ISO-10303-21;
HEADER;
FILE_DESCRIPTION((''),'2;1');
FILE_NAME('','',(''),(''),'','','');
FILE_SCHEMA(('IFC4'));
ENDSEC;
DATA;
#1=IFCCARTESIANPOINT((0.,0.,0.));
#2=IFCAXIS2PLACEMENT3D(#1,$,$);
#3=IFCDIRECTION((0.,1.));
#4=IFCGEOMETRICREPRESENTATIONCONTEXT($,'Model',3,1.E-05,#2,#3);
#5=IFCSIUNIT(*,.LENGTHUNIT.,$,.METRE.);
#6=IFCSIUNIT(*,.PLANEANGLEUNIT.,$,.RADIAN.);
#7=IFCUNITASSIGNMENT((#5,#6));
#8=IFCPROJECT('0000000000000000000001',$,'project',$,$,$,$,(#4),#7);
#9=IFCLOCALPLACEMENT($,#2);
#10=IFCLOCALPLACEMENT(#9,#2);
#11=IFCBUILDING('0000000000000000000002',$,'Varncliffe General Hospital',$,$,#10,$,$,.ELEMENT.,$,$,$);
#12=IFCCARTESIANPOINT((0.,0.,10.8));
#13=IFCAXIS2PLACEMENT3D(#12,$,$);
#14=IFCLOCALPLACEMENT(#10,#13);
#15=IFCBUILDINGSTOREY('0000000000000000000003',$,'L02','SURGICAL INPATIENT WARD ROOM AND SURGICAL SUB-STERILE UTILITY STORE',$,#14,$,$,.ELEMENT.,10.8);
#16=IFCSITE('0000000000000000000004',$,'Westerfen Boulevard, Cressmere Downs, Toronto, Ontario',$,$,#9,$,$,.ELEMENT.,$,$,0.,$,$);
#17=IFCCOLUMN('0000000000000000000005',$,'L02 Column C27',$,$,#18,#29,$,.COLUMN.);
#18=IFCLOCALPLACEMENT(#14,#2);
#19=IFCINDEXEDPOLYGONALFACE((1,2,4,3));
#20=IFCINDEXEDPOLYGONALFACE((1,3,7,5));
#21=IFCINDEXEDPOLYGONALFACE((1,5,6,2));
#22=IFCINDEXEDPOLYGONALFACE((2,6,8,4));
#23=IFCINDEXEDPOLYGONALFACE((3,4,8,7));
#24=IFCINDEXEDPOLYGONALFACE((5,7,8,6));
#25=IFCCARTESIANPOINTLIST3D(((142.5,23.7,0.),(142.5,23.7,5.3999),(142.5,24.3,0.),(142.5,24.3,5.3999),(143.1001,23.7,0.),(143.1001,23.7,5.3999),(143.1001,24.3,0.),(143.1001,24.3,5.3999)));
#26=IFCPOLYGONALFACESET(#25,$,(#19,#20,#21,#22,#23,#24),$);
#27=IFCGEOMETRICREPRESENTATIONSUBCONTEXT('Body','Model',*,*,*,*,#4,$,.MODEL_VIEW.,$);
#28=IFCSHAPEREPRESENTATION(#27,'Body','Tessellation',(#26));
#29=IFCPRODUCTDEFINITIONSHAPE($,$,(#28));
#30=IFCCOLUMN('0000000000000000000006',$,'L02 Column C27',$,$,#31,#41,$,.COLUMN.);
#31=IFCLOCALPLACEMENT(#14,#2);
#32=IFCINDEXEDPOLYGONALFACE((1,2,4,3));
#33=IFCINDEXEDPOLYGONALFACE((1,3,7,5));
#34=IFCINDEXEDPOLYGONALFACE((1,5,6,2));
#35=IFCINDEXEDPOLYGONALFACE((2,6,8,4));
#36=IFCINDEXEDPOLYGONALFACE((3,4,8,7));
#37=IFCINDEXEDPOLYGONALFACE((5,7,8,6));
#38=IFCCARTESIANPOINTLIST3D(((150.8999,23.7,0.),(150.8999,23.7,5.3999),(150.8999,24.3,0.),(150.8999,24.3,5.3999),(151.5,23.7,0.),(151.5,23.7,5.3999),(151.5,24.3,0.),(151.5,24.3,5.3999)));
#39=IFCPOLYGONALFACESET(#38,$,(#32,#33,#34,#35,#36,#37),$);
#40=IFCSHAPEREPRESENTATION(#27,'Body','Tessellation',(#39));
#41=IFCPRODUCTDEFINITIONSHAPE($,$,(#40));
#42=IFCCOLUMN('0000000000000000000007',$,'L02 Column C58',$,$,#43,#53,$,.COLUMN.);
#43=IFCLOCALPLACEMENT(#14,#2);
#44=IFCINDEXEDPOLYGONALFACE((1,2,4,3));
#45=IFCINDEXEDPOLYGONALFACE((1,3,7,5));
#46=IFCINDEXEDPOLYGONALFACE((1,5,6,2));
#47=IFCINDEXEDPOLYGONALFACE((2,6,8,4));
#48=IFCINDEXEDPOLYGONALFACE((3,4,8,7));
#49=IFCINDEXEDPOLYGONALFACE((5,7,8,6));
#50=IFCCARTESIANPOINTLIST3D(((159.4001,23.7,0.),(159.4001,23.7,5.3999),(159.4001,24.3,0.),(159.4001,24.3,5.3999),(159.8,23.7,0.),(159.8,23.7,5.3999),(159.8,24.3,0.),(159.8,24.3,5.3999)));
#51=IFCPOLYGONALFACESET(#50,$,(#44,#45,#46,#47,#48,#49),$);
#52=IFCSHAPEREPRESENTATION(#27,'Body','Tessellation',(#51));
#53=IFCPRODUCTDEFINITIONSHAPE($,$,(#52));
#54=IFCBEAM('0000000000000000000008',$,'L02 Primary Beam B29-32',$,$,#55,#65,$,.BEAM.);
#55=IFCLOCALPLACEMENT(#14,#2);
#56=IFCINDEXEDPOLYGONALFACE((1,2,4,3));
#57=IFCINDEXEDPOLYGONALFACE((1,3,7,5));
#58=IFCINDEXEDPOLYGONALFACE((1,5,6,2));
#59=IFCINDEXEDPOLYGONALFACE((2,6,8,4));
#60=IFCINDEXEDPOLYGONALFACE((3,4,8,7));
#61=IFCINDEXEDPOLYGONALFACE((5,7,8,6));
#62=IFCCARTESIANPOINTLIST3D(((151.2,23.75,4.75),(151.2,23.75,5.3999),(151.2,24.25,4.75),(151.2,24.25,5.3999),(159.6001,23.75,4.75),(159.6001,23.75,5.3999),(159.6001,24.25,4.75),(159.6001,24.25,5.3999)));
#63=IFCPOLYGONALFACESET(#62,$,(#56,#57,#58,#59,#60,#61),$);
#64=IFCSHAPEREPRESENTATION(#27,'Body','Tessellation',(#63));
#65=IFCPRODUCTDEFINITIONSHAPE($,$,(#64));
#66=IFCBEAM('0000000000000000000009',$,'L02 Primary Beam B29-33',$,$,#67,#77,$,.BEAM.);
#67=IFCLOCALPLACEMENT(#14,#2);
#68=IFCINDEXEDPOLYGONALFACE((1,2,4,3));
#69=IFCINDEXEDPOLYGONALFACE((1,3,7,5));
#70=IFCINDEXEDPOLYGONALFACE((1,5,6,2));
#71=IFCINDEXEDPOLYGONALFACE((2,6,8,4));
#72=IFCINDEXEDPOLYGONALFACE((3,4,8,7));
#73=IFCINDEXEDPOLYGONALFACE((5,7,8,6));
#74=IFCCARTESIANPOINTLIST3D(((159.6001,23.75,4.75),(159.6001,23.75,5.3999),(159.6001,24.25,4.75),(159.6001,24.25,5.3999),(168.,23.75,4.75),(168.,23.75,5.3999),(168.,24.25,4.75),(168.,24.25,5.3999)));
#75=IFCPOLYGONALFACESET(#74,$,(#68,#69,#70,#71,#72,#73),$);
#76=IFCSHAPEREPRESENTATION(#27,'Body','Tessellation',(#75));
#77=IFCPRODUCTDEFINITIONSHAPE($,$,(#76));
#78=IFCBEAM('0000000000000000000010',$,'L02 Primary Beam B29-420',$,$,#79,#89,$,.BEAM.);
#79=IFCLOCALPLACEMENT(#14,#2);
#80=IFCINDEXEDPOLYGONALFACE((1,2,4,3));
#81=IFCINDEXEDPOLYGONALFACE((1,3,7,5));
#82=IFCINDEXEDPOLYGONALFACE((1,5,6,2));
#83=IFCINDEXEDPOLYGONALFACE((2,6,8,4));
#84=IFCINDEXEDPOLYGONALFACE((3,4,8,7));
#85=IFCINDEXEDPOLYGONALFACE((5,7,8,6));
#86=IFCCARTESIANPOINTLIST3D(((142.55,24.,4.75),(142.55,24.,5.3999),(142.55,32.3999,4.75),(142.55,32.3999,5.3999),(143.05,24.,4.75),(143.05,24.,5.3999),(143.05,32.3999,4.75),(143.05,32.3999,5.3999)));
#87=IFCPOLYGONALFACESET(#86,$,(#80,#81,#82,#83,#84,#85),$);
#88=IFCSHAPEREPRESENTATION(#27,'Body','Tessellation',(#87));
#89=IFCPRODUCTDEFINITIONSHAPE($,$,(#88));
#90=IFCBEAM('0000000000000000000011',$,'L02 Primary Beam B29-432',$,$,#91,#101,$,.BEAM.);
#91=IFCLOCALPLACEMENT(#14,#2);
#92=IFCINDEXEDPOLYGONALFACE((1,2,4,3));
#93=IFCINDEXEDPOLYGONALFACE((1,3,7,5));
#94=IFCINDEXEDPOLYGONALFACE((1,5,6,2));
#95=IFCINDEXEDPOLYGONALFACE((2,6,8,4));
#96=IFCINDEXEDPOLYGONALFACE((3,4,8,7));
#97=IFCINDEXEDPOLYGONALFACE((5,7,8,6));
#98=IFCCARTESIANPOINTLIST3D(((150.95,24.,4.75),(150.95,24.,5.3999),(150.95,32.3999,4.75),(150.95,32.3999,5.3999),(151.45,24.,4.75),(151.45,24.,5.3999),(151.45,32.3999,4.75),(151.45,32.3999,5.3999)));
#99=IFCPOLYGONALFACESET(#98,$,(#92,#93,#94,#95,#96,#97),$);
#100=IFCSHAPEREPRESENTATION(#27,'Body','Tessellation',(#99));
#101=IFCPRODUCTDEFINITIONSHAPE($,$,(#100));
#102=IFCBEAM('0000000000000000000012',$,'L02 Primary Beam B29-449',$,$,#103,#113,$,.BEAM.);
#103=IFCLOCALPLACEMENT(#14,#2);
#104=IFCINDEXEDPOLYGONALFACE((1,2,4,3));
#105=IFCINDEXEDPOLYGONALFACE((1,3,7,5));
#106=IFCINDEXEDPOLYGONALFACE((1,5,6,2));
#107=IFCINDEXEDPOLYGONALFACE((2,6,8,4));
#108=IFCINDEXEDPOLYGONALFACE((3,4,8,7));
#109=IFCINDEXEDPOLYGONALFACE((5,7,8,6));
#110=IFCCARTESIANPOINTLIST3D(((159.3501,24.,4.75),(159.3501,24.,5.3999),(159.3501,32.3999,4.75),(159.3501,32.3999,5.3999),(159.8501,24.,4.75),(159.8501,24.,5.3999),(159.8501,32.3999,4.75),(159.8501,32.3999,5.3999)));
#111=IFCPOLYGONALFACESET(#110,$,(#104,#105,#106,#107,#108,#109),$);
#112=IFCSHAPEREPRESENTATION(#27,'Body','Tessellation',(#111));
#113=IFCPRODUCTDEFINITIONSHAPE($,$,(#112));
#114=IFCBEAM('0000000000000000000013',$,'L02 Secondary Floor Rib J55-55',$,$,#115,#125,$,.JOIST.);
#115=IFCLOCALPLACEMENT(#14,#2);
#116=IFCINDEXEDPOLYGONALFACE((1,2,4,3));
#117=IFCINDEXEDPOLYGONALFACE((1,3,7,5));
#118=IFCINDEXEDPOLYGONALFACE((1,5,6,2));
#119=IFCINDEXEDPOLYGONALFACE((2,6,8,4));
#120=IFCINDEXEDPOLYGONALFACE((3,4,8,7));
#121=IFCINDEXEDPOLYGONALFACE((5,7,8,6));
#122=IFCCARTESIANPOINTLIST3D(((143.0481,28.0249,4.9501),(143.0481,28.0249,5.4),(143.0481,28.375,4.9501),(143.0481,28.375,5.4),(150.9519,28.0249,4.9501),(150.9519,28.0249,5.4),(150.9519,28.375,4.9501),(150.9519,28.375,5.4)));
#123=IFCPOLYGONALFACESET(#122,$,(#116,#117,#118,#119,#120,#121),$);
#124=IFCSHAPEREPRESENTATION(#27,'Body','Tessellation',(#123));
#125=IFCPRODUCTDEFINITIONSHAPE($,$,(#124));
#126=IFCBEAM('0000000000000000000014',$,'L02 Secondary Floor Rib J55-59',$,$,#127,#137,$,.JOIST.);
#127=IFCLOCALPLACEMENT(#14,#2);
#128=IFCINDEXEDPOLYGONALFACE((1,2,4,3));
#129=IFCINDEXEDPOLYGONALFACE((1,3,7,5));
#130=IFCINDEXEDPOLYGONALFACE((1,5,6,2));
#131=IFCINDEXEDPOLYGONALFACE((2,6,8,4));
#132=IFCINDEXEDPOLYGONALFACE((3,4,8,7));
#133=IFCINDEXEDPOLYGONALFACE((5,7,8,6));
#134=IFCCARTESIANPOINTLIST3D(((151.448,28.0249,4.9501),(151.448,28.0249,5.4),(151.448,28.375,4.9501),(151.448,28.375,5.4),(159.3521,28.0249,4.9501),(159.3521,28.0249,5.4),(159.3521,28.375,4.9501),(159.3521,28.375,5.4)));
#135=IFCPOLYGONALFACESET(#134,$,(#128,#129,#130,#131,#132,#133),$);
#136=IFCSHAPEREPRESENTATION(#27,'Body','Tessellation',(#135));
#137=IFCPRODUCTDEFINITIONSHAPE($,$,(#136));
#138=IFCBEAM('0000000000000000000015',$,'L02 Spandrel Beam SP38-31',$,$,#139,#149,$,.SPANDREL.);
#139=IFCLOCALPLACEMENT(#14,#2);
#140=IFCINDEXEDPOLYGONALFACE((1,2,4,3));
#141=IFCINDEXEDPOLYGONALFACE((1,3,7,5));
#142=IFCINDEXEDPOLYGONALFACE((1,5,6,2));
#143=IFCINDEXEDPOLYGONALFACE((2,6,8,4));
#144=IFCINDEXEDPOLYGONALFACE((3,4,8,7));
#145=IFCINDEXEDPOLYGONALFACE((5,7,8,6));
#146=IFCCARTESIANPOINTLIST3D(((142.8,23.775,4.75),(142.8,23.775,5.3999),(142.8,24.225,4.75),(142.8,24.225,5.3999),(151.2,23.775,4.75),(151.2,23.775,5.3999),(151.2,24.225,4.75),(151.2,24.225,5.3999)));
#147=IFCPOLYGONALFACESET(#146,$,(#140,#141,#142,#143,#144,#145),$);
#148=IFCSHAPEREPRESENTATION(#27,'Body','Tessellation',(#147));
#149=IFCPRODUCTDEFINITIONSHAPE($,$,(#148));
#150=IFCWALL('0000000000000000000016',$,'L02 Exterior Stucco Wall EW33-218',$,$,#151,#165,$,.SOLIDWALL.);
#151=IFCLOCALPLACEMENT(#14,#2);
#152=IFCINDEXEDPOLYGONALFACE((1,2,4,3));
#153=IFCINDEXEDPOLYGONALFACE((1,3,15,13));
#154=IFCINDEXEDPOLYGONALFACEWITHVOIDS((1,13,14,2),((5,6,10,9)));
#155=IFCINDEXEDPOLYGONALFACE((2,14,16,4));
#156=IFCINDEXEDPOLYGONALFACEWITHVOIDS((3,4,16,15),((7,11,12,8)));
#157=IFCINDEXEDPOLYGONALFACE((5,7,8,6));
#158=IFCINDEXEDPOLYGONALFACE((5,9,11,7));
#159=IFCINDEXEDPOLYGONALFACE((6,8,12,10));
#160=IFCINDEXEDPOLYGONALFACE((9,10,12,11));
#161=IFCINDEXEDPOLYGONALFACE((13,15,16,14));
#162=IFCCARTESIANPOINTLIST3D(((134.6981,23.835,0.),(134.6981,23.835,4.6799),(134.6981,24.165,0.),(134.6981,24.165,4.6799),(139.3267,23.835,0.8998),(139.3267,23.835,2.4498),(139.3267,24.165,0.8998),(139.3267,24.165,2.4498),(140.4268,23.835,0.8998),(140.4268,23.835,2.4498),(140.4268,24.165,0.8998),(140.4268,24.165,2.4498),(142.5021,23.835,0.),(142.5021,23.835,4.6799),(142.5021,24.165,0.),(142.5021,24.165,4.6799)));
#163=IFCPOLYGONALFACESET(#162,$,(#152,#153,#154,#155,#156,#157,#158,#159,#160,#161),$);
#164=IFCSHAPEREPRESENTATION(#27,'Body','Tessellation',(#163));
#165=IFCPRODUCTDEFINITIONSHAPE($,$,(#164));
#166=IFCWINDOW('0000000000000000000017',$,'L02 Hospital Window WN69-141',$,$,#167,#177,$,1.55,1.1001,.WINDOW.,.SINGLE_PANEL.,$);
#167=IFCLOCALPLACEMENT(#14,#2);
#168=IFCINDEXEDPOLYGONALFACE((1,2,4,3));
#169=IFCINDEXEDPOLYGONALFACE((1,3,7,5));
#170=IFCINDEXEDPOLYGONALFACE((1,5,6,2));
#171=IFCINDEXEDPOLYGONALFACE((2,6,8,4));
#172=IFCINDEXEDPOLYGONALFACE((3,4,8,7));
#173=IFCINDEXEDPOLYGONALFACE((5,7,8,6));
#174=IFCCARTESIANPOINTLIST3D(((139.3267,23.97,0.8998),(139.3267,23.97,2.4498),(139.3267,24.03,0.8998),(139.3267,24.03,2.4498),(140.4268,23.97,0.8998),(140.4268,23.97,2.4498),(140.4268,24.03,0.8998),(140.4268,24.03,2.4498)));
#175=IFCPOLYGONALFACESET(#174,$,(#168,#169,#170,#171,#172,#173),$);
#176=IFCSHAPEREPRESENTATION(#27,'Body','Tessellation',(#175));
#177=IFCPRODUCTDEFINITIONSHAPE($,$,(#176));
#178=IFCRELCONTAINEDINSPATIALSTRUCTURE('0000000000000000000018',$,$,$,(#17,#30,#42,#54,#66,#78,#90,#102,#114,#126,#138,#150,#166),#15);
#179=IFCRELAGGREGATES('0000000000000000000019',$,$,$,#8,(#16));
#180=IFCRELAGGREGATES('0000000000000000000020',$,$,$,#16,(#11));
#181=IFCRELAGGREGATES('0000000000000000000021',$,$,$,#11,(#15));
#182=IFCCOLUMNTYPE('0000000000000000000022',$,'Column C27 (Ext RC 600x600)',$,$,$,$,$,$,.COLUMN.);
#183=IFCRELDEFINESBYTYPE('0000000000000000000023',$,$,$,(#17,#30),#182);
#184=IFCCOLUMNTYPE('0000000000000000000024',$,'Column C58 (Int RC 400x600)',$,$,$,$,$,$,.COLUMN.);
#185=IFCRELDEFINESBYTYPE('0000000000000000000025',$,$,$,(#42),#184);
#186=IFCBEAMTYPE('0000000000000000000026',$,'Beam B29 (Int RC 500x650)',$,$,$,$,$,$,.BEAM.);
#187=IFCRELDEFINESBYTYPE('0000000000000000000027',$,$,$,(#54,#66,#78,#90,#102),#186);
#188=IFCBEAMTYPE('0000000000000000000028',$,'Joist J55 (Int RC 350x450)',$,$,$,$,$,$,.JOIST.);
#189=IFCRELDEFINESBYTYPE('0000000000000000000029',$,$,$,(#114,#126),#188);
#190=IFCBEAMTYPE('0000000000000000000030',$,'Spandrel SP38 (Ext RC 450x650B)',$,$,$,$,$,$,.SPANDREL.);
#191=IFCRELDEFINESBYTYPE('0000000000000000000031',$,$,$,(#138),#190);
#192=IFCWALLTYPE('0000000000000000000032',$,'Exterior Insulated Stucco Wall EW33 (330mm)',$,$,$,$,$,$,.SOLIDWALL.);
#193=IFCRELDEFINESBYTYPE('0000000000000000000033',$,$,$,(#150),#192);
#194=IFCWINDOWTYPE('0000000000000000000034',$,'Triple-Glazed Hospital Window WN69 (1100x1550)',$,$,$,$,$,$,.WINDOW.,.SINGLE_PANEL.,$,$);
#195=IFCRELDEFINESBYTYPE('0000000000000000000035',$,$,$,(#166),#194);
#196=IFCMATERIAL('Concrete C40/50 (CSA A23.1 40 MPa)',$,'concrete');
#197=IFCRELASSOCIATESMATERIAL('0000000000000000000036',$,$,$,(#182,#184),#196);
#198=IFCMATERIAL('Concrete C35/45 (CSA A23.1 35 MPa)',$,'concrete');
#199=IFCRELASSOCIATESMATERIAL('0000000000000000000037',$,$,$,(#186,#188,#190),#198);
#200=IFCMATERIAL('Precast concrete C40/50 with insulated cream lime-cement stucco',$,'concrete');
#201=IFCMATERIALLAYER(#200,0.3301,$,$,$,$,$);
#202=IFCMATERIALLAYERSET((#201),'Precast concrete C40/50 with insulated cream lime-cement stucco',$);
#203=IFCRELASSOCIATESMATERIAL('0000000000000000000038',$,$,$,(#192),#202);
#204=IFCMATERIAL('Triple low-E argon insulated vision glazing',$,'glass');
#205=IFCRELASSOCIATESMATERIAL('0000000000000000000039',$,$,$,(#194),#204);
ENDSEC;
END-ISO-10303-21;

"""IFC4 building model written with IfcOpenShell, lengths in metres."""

from ifc_helpers import new_model, si_unit, direction, frame, frame_2d, origin, origin_2d, place, context, subcontext, project, spatial, rectangle, extrude, material, layer, layer_set, material_profile, profile_set, type_object, element, fill, save


model = new_model("IFC4")

# Units and contexts
model_context = context("Model", 3, precision=1e-05, world=origin(), true_north=direction((0.0, 1.0)))
body_context = subcontext(model_context, "Body", "Model", "MODEL_VIEW")
ifc_project = project(units=[si_unit("LENGTHUNIT", "METRE"), si_unit("PLANEANGLEUNIT", "RADIAN")], contexts=[model_context])

# Site, building, storey
site_placement = place(None, origin())
site = spatial("IfcSite", under=ifc_project, at=site_placement, Name="Westerfen Boulevard, Cressmere Downs, Toronto, Ontario", CompositionType="ELEMENT", RefElevation=0.0)
building_placement = place(site_placement, origin())
building = spatial("IfcBuilding", under=site, at=building_placement, Name="Varncliffe General Hospital", CompositionType="ELEMENT")
storey_placement = place(building_placement, frame((0.0, 0.0, 10.8)))
storey = spatial("IfcBuildingStorey", under=building, at=storey_placement, Name="L02", Description="SURGICAL INPATIENT WARD ROOM AND SURGICAL SUB-STERILE UTILITY STORE", CompositionType="ELEMENT", Elevation=10.8)

# Columns
ifc_material_1 = material(Name="Concrete C40/50 (CSA A23.1 40 MPa)", Category="concrete")
ifc_material_profile_1 = material_profile(ifc_material_1, rectangle(XDim=0.6001, YDim=0.6001, at=origin_2d()), Name="RC 600x600")
ifc_profile_set_1 = profile_set([ifc_material_profile_1], Name="Concrete C40/50 (CSA A23.1 40 MPa)")
column_type_1 = type_object("IfcColumnType", Name="Column C27 (Ext RC 600x600)", PredefinedType="COLUMN", material=ifc_profile_set_1)
for number, where, z_axis, x_axis, name in (
    (1, (142.8, 24.0, 0.0), (0.0, 0.0, 1.0), (1.0, 0.0, 0.0), "L02 Column C27"),
    (2, (151.2, 24.0, 0.0), (0.0, 0.0, 1.0), (1.0, 0.0, 0.0), "L02 Column C27"),
):
    element("IfcColumn", number, at=place(storey_placement, frame(where, z_axis=z_axis, x_axis=x_axis)), inside=storey, type_object=column_type_1, Name=name, PredefinedType="COLUMN", context=body_context, shape_type="SweptSolid", body=[
        extrude(rectangle(XDim=0.6001, YDim=0.6001, at=origin_2d()), origin(), (0.0, 0.0, 1.0), 5.3999),
    ])
ifc_material_profile_2 = material_profile(ifc_material_1, rectangle(XDim=0.3999, YDim=0.6001, at=origin_2d()), Name="RC 400x600")
ifc_profile_set_2 = profile_set([ifc_material_profile_2], Name="Concrete C40/50 (CSA A23.1 40 MPa)")
column_type_2 = type_object("IfcColumnType", Name="Column C58 (Int RC 400x600)", PredefinedType="COLUMN", material=ifc_profile_set_2)
column_placement = place(storey_placement, frame((159.6001, 24.0, 0.0), z_axis=(0.0, 0.0, 1.0), x_axis=(1.0, 0.0, 0.0)))
element("IfcColumn", 3, at=column_placement, inside=storey, type_object=column_type_2, Name="L02 Column C58", PredefinedType="COLUMN", context=body_context, shape_type="SweptSolid", body=[
    extrude(rectangle(XDim=0.3999, YDim=0.6001, at=origin_2d()), origin(), (0.0, 0.0, 1.0), 5.3999),
])

# Beams
ifc_material_2 = material(Name="Concrete C35/45 (CSA A23.1 35 MPa)", Category="concrete")
ifc_material_profile_3 = material_profile(ifc_material_2, rectangle(XDim=0.5, YDim=0.6499, at=origin_2d()), Name="RC 500x650")
ifc_profile_set_3 = profile_set([ifc_material_profile_3], Name="Concrete C35/45 (CSA A23.1 35 MPa)")
beam_type_1 = type_object("IfcBeamType", Name="Beam B29 (Int RC 500x650)", PredefinedType="BEAM", material=ifc_profile_set_3)
beam_1_placement = place(storey_placement, frame((151.2, 24.0, 5.075), z_axis=(1.0, 0.0, 0.0), x_axis=(0.0, 1.0, 0.0)))
element("IfcBeam", 4, at=beam_1_placement, inside=storey, type_object=beam_type_1, Name="L02 Primary Beam B29-32", PredefinedType="BEAM", context=body_context, shape_type="SweptSolid", body=[
    extrude(rectangle(XDim=0.5, YDim=0.6499, at=origin_2d()), origin(), (0.0, 0.0, 1.0), 8.4001),
])
for number, where, z_axis, x_axis, name in (
    (5, (159.6001, 24.0, 5.075), (1.0, 0.0, 0.0), (0.0, 1.0, 0.0), "L02 Primary Beam B29-33"),
    (6, (142.8, 24.0, 5.075), (0.0, 1.0, 0.0), (-1.0, 0.0, 0.0), "L02 Primary Beam B29-420"),
    (7, (151.2, 24.0, 5.075), (0.0, 1.0, 0.0), (-1.0, 0.0, 0.0), "L02 Primary Beam B29-432"),
    (8, (159.6001, 24.0, 5.075), (0.0, 1.0, 0.0), (-1.0, 0.0, 0.0), "L02 Primary Beam B29-449"),
):
    element("IfcBeam", number, at=place(storey_placement, frame(where, z_axis=z_axis, x_axis=x_axis)), inside=storey, type_object=beam_type_1, Name=name, PredefinedType="BEAM", context=body_context, shape_type="SweptSolid", body=[
        extrude(rectangle(XDim=0.5, YDim=0.6499, at=origin_2d()), origin(), (0.0, 0.0, 1.0), 8.3999),
    ])
ifc_material_profile_4 = material_profile(ifc_material_2, rectangle(XDim=0.3501, YDim=0.45, at=origin_2d()), Name="RC 350x450")
ifc_profile_set_4 = profile_set([ifc_material_profile_4], Name="Concrete C35/45 (CSA A23.1 35 MPa)")
beam_type_2 = type_object("IfcBeamType", Name="Joist J55 (Int RC 350x450)", PredefinedType="JOIST", material=ifc_profile_set_4)
beam_2_placement = place(storey_placement, frame((143.0481, 28.2, 5.175), z_axis=(1.0, 0.0, 0.0), x_axis=(0.0, 1.0, 0.0)))
element("IfcBeam", 9, at=beam_2_placement, inside=storey, type_object=beam_type_2, Name="L02 Secondary Floor Rib J55-55", PredefinedType="JOIST", context=body_context, shape_type="SweptSolid", body=[
    extrude(rectangle(XDim=0.3501, YDim=0.45, at=origin_2d()), origin(), (0.0, 0.0, 1.0), 7.9038),
])
beam_3_placement = place(storey_placement, frame((151.448, 28.2, 5.175), z_axis=(1.0, 0.0, 0.0), x_axis=(0.0, 1.0, 0.0)))
element("IfcBeam", 10, at=beam_3_placement, inside=storey, type_object=beam_type_2, Name="L02 Secondary Floor Rib J55-59", PredefinedType="JOIST", context=body_context, shape_type="SweptSolid", body=[
    extrude(rectangle(XDim=0.3501, YDim=0.45, at=origin_2d()), origin(), (0.0, 0.0, 1.0), 7.9041),
])
ifc_material_profile_5 = material_profile(ifc_material_2, rectangle(XDim=0.45, YDim=0.6499, at=origin_2d()), Name="RC 450x650")
ifc_profile_set_5 = profile_set([ifc_material_profile_5], Name="Concrete C35/45 (CSA A23.1 35 MPa)")
beam_type_3 = type_object("IfcBeamType", Name="Spandrel SP38 (Ext RC 450x650B)", PredefinedType="SPANDREL", material=ifc_profile_set_5)
beam_4_placement = place(storey_placement, frame((142.8, 24.0, 5.075), z_axis=(1.0, 0.0, 0.0), x_axis=(0.0, 1.0, 0.0)))
element("IfcBeam", 11, at=beam_4_placement, inside=storey, type_object=beam_type_3, Name="L02 Spandrel Beam SP38-31", PredefinedType="SPANDREL", context=body_context, shape_type="SweptSolid", body=[
    extrude(rectangle(XDim=0.45, YDim=0.6499, at=origin_2d()), origin(), (0.0, 0.0, 1.0), 8.3999),
])

# Wall, opening, window
ifc_material_3 = material(Name="Precast concrete C40/50 with insulated cream lime-cement stucco", Category="concrete")
ifc_layer_1 = layer(ifc_material_3, 0.3301)
ifc_layer_set_1 = layer_set([ifc_layer_1], Name="Precast concrete C40/50 with insulated cream lime-cement stucco")
wall_type_1 = type_object("IfcWallType", Name="Exterior Insulated Stucco Wall EW33 (330mm)", PredefinedType="SOLIDWALL", material=ifc_layer_set_1)
wall_1_placement = place(storey_placement, frame((142.502, 24.0, 0.0), z_axis=(0.0, 0.0, 1.0), x_axis=(-1.0, 0.0, 0.0)))
wall_1 = element("IfcWall", 12, at=wall_1_placement, inside=storey, type_object=wall_type_1, Name="L02 Exterior Stucco Wall EW33-218", PredefinedType="SOLIDWALL", context=body_context, shape_type="SweptSolid", body=[
    extrude(rectangle(XDim=7.804, YDim=0.3301, at=frame_2d((3.9019, 0.0))), origin(), (0.0, 0.0, 1.0), 4.6799),
])
opening_1_placement = place(wall_1_placement, frame((2.0752, 0.0, 0.8999)))
opening_1 = element("IfcOpeningElement", 13, at=opening_1_placement, cuts=wall_1, PredefinedType="OPENING", context=body_context, shape_type="SweptSolid", body=[
    extrude(rectangle(XDim=1.1001, YDim=1.55, at=frame_2d((0.55, 0.7749))), frame((0.0, 0.175, 0.0), z_axis=(0.0, -1.0, 0.0), x_axis=(1.0, 0.0, 0.0)), (0.0, 0.0, 1.0), 0.3501),
])
ifc_material_4 = material(Name="Triple low-E argon insulated vision glazing", Category="glass")
window_type_1 = type_object("IfcWindowType", Name="Triple-Glazed Hospital Window WN69 (1100x1550)", PartitioningType="SINGLE_PANEL", PredefinedType="WINDOW", material=ifc_material_4)
window_1_placement = place(opening_1_placement, origin())
window_1 = element("IfcWindow", 14, at=window_1_placement, inside=storey, type_object=window_type_1, Name="L02 Hospital Window WN69-141", OverallHeight=1.55, OverallWidth=1.1001, PartitioningType="SINGLE_PANEL", PredefinedType="WINDOW", context=body_context, shape_type="SweptSolid", body=[
    extrude(rectangle(XDim=1.1001, YDim=1.55, at=frame_2d((0.55, 0.7749))), frame((0.0, 0.03, 0.0), z_axis=(0.0, -1.0, 0.0), x_axis=(1.0, 0.0, 0.0)), (0.0, 0.0, 1.0), 0.0601),
])
fill(opening_1, window_1)

save(model, "model.ifc")
